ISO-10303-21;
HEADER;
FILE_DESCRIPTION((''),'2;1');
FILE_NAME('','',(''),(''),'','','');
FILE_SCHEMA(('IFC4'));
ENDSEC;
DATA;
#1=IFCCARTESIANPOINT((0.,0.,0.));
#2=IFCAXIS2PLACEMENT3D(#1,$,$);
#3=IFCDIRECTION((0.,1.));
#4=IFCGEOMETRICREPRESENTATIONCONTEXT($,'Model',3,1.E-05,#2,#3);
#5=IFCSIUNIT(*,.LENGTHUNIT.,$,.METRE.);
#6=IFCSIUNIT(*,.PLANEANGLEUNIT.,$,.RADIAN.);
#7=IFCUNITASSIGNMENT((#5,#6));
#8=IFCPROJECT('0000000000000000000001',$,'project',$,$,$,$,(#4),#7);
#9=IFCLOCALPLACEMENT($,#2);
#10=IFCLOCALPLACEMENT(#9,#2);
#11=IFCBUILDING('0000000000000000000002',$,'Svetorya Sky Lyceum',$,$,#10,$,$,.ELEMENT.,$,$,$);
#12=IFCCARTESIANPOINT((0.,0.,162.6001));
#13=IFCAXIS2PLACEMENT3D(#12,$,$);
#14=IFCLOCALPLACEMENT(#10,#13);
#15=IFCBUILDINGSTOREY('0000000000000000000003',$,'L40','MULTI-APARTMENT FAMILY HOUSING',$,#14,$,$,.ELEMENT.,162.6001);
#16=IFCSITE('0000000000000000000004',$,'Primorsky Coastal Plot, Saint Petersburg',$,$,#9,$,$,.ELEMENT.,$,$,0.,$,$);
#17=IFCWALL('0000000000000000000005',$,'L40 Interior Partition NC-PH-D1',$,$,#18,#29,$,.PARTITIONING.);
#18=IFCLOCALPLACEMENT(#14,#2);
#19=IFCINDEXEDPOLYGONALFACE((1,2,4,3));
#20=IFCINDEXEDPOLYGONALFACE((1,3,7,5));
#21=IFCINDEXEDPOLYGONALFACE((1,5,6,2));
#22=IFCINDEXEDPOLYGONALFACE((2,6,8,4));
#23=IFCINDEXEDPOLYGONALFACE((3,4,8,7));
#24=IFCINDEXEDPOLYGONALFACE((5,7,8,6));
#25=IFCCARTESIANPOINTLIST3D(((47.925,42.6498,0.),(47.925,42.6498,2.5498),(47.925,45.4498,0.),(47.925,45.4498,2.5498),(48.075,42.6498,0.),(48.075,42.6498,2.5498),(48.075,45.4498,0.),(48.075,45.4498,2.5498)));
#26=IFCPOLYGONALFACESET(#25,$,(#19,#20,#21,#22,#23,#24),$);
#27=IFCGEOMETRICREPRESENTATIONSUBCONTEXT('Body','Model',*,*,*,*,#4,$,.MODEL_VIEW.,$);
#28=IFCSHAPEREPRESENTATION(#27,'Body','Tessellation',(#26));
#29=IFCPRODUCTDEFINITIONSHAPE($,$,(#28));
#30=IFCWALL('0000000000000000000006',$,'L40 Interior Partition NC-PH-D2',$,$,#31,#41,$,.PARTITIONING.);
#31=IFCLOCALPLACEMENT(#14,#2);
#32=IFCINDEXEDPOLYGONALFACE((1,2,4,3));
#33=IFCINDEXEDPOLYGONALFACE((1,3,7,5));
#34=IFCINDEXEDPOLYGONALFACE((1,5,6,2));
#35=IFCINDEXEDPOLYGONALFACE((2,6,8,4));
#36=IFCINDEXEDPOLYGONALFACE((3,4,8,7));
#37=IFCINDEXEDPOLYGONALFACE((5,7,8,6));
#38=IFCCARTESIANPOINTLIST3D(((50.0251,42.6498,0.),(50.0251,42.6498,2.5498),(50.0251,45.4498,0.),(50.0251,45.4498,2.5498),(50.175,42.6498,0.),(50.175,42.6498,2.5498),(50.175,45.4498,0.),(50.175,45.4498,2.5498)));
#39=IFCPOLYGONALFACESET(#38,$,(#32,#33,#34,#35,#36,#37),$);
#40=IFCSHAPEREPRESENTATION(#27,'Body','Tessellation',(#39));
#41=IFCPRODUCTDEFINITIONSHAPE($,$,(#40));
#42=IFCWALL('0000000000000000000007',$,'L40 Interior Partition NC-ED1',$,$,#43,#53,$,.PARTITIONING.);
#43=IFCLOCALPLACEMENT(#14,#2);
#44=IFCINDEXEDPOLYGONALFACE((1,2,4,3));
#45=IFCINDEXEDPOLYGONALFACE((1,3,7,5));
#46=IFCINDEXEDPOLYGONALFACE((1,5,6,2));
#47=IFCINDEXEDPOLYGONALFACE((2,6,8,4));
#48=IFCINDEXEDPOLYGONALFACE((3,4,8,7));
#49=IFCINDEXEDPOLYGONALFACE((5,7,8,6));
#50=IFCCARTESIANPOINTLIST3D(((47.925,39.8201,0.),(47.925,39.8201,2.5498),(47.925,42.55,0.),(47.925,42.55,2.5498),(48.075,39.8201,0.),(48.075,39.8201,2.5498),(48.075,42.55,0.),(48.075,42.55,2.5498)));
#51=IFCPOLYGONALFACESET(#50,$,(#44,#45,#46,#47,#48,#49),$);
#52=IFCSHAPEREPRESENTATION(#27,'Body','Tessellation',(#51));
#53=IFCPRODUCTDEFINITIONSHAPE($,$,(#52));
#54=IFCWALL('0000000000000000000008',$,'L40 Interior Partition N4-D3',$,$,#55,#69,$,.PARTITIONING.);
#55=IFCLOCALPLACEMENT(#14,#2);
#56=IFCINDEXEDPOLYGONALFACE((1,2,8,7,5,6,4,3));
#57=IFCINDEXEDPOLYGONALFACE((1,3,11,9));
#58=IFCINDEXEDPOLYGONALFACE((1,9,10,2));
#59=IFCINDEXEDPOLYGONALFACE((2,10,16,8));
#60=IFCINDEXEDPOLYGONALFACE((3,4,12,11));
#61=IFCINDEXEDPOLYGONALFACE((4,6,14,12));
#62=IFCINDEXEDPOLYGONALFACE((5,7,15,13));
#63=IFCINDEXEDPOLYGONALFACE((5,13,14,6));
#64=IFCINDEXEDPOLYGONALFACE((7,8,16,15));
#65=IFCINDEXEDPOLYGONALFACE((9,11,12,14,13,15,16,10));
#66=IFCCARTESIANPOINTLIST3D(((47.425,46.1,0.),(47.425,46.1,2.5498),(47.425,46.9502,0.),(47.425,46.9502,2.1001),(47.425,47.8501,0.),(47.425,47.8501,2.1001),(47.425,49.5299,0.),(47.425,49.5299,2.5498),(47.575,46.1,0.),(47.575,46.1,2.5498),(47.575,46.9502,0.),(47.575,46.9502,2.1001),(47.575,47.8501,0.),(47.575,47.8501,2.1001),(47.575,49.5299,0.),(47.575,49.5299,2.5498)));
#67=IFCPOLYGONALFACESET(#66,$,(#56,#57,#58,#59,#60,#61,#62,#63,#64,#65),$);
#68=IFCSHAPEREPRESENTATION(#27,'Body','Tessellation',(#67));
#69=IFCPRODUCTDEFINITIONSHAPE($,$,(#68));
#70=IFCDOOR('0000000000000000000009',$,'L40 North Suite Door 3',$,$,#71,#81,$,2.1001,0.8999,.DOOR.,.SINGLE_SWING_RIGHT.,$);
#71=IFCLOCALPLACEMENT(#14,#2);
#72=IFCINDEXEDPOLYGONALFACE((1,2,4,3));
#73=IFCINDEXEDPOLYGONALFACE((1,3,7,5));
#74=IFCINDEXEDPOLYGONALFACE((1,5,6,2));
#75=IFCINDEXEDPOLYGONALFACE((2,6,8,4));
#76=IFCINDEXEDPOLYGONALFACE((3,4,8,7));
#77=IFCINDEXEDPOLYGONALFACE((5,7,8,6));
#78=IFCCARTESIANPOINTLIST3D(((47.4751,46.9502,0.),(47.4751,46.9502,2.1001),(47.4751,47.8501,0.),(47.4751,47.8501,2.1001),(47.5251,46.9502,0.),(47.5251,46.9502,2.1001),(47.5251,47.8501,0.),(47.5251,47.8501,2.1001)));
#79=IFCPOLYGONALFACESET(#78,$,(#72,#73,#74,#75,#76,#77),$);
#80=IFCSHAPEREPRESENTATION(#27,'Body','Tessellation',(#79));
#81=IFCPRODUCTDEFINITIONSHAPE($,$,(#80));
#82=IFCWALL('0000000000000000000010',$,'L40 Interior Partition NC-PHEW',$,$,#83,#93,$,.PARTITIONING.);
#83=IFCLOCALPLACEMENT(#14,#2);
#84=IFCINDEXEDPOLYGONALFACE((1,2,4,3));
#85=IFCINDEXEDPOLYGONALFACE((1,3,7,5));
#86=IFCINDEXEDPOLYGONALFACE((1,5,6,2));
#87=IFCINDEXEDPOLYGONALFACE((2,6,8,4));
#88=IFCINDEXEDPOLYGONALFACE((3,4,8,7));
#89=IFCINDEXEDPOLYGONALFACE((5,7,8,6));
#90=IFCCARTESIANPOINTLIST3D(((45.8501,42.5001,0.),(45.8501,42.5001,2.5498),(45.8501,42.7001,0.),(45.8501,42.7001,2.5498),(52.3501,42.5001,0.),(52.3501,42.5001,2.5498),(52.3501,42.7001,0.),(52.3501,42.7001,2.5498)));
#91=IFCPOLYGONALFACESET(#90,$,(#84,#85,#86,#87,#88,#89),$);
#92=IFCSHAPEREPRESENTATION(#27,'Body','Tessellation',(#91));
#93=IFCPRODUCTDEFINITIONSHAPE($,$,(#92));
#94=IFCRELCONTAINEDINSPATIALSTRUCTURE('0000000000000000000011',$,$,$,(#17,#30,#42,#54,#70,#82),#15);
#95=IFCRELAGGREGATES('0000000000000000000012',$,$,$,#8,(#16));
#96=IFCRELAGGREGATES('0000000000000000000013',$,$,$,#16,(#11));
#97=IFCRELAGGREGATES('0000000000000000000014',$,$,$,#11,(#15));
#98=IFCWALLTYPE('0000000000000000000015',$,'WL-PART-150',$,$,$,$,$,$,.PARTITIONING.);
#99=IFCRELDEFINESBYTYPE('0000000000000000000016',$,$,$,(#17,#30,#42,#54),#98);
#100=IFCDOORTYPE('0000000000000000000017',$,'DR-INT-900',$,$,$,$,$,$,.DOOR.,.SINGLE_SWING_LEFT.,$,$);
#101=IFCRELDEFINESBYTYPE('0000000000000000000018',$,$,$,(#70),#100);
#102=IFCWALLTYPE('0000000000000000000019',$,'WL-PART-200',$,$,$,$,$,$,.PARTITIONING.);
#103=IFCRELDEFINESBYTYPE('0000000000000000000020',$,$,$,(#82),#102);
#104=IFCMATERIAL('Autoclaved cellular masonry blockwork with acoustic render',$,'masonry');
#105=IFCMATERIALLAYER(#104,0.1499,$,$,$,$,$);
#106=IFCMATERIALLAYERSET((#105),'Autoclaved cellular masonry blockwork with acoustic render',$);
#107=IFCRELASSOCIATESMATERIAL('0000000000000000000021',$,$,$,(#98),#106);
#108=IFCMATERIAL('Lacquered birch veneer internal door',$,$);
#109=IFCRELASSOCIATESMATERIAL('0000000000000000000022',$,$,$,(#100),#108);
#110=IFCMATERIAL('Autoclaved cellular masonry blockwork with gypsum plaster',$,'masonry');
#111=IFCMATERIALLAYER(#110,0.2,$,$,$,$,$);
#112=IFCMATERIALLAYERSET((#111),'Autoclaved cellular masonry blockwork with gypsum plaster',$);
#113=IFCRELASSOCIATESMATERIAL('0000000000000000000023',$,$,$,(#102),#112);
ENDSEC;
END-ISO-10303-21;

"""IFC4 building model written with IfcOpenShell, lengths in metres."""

from ifc_helpers import new_model, si_unit, direction, frame, frame_2d, origin, place, context, subcontext, project, spatial, rectangle, extrude, material, layer, layer_set, type_object, element, fill, save


model = new_model("IFC4")

# Units and contexts
model_context = context("Model", 3, precision=1e-05, world=origin(), true_north=direction((0.0, 1.0)))
body_context = subcontext(model_context, "Body", "Model", "MODEL_VIEW")
ifc_project = project(units=[si_unit("LENGTHUNIT", "METRE"), si_unit("PLANEANGLEUNIT", "RADIAN")], contexts=[model_context])

# Site, building, storey
site_placement = place(None, origin())
site = spatial("IfcSite", under=ifc_project, at=site_placement, Name="Primorsky Coastal Plot, Saint Petersburg", CompositionType="ELEMENT", RefElevation=0.0)
building_placement = place(site_placement, origin())
building = spatial("IfcBuilding", under=site, at=building_placement, Name="Svetorya Sky Lyceum", CompositionType="ELEMENT")
storey_placement = place(building_placement, frame((0.0, 0.0, 162.6001)))
storey = spatial("IfcBuildingStorey", under=building, at=storey_placement, Name="L40", Description="MULTI-APARTMENT FAMILY HOUSING", CompositionType="ELEMENT", Elevation=162.6001)

# Walls
ifc_material_1 = material(Name="Autoclaved cellular masonry blockwork with acoustic render", Category="masonry")
ifc_layer_1 = layer(ifc_material_1, 0.1499)
ifc_layer_set_1 = layer_set([ifc_layer_1], Name="Autoclaved cellular masonry blockwork with acoustic render")
wall_type_1 = type_object("IfcWallType", Name="WL-PART-150", PredefinedType="PARTITIONING", material=ifc_layer_set_1)
for number, where, z_axis, x_axis, name in (
    (1, (48.0, 42.6499, 0.0), (0.0, 0.0, 1.0), (0.0, 1.0, 0.0), "L40 Interior Partition NC-PH-D1"),
    (2, (50.1001, 42.6499, 0.0), (0.0, 0.0, 1.0), (0.0, 1.0, 0.0), "L40 Interior Partition NC-PH-D2"),
):
    element("IfcWall", number, at=place(storey_placement, frame(where, z_axis=z_axis, x_axis=x_axis)), inside=storey, type_object=wall_type_1, Name=name, PredefinedType="PARTITIONING", context=body_context, shape_type="SweptSolid", body=[
        extrude(rectangle(XDim=2.8, YDim=0.1499, at=frame_2d((1.3999, 0.0))), origin(), (0.0, 0.0, 1.0), 2.5498),
    ])
wall_1_placement = place(storey_placement, frame((48.0, 39.8201, 0.0), z_axis=(0.0, 0.0, 1.0), x_axis=(0.0, 1.0, 0.0)))
element("IfcWall", 3, at=wall_1_placement, inside=storey, type_object=wall_type_1, Name="L40 Interior Partition NC-ED1", PredefinedType="PARTITIONING", context=body_context, shape_type="SweptSolid", body=[
    extrude(rectangle(XDim=2.73, YDim=0.1499, at=frame_2d((1.365, 0.0))), origin(), (0.0, 0.0, 1.0), 2.5498),
])

# Wall, opening, door
wall_2_placement = place(storey_placement, frame((47.5, 46.1001, 0.0), z_axis=(0.0, 0.0, 1.0), x_axis=(0.0, 1.0, 0.0)))
wall_2 = element("IfcWall", 4, at=wall_2_placement, inside=storey, type_object=wall_type_1, Name="L40 Interior Partition N4-D3", PredefinedType="PARTITIONING", context=body_context, shape_type="SweptSolid", body=[
    extrude(rectangle(XDim=3.4299, YDim=0.1499, at=frame_2d((1.7148, 0.0))), origin(), (0.0, 0.0, 1.0), 2.5498),
])
opening_1_placement = place(wall_2_placement, frame((0.8501, 0.0, 0.0)))
opening_1 = element("IfcOpeningElement", 5, at=opening_1_placement, cuts=wall_2, PredefinedType="OPENING", context=body_context, shape_type="SweptSolid", body=[
    extrude(rectangle(XDim=0.8999, YDim=2.1001, at=frame_2d((0.45, 1.05))), frame((0.0, 0.085, 0.0), z_axis=(0.0, -1.0, 0.0), x_axis=(1.0, 0.0, 0.0)), (0.0, 0.0, 1.0), 0.1699),
])
ifc_material_2 = material(Name="Lacquered birch veneer internal door")
door_type_1 = type_object("IfcDoorType", Name="DR-INT-900", OperationType="SINGLE_SWING_LEFT", PredefinedType="DOOR", material=ifc_material_2)
door_1_placement = place(opening_1_placement, origin())
door_1 = element("IfcDoor", 6, at=door_1_placement, inside=storey, type_object=door_type_1, Name="L40 North Suite Door 3", OperationType="SINGLE_SWING_RIGHT", OverallHeight=2.1001, OverallWidth=0.8999, PredefinedType="DOOR", context=body_context, shape_type="SweptSolid", body=[
    extrude(rectangle(XDim=0.8999, YDim=2.1001, at=frame_2d((0.45, 1.05))), frame((0.0, 0.0249, 0.0), z_axis=(0.0, -1.0, 0.0), x_axis=(1.0, 0.0, 0.0)), (0.0, 0.0, 1.0), 0.05),
])
fill(opening_1, door_1)

# Wall
ifc_material_3 = material(Name="Autoclaved cellular masonry blockwork with gypsum plaster", Category="masonry")
ifc_layer_2 = layer(ifc_material_3, 0.2)
ifc_layer_set_2 = layer_set([ifc_layer_2], Name="Autoclaved cellular masonry blockwork with gypsum plaster")
wall_type_2 = type_object("IfcWallType", Name="WL-PART-200", PredefinedType="PARTITIONING", material=ifc_layer_set_2)
wall_3_placement = place(storey_placement, frame((52.3501, 42.6001, 0.0), z_axis=(0.0, 0.0, 1.0), x_axis=(-1.0, 0.0, 0.0)))
element("IfcWall", 7, at=wall_3_placement, inside=storey, type_object=wall_type_2, Name="L40 Interior Partition NC-PHEW", PredefinedType="PARTITIONING", context=body_context, shape_type="SweptSolid", body=[
    extrude(rectangle(XDim=6.5, YDim=0.2, at=frame_2d((3.25, 0.0))), origin(), (0.0, 0.0, 1.0), 2.5498),
])

save(model, "model.ifc")
